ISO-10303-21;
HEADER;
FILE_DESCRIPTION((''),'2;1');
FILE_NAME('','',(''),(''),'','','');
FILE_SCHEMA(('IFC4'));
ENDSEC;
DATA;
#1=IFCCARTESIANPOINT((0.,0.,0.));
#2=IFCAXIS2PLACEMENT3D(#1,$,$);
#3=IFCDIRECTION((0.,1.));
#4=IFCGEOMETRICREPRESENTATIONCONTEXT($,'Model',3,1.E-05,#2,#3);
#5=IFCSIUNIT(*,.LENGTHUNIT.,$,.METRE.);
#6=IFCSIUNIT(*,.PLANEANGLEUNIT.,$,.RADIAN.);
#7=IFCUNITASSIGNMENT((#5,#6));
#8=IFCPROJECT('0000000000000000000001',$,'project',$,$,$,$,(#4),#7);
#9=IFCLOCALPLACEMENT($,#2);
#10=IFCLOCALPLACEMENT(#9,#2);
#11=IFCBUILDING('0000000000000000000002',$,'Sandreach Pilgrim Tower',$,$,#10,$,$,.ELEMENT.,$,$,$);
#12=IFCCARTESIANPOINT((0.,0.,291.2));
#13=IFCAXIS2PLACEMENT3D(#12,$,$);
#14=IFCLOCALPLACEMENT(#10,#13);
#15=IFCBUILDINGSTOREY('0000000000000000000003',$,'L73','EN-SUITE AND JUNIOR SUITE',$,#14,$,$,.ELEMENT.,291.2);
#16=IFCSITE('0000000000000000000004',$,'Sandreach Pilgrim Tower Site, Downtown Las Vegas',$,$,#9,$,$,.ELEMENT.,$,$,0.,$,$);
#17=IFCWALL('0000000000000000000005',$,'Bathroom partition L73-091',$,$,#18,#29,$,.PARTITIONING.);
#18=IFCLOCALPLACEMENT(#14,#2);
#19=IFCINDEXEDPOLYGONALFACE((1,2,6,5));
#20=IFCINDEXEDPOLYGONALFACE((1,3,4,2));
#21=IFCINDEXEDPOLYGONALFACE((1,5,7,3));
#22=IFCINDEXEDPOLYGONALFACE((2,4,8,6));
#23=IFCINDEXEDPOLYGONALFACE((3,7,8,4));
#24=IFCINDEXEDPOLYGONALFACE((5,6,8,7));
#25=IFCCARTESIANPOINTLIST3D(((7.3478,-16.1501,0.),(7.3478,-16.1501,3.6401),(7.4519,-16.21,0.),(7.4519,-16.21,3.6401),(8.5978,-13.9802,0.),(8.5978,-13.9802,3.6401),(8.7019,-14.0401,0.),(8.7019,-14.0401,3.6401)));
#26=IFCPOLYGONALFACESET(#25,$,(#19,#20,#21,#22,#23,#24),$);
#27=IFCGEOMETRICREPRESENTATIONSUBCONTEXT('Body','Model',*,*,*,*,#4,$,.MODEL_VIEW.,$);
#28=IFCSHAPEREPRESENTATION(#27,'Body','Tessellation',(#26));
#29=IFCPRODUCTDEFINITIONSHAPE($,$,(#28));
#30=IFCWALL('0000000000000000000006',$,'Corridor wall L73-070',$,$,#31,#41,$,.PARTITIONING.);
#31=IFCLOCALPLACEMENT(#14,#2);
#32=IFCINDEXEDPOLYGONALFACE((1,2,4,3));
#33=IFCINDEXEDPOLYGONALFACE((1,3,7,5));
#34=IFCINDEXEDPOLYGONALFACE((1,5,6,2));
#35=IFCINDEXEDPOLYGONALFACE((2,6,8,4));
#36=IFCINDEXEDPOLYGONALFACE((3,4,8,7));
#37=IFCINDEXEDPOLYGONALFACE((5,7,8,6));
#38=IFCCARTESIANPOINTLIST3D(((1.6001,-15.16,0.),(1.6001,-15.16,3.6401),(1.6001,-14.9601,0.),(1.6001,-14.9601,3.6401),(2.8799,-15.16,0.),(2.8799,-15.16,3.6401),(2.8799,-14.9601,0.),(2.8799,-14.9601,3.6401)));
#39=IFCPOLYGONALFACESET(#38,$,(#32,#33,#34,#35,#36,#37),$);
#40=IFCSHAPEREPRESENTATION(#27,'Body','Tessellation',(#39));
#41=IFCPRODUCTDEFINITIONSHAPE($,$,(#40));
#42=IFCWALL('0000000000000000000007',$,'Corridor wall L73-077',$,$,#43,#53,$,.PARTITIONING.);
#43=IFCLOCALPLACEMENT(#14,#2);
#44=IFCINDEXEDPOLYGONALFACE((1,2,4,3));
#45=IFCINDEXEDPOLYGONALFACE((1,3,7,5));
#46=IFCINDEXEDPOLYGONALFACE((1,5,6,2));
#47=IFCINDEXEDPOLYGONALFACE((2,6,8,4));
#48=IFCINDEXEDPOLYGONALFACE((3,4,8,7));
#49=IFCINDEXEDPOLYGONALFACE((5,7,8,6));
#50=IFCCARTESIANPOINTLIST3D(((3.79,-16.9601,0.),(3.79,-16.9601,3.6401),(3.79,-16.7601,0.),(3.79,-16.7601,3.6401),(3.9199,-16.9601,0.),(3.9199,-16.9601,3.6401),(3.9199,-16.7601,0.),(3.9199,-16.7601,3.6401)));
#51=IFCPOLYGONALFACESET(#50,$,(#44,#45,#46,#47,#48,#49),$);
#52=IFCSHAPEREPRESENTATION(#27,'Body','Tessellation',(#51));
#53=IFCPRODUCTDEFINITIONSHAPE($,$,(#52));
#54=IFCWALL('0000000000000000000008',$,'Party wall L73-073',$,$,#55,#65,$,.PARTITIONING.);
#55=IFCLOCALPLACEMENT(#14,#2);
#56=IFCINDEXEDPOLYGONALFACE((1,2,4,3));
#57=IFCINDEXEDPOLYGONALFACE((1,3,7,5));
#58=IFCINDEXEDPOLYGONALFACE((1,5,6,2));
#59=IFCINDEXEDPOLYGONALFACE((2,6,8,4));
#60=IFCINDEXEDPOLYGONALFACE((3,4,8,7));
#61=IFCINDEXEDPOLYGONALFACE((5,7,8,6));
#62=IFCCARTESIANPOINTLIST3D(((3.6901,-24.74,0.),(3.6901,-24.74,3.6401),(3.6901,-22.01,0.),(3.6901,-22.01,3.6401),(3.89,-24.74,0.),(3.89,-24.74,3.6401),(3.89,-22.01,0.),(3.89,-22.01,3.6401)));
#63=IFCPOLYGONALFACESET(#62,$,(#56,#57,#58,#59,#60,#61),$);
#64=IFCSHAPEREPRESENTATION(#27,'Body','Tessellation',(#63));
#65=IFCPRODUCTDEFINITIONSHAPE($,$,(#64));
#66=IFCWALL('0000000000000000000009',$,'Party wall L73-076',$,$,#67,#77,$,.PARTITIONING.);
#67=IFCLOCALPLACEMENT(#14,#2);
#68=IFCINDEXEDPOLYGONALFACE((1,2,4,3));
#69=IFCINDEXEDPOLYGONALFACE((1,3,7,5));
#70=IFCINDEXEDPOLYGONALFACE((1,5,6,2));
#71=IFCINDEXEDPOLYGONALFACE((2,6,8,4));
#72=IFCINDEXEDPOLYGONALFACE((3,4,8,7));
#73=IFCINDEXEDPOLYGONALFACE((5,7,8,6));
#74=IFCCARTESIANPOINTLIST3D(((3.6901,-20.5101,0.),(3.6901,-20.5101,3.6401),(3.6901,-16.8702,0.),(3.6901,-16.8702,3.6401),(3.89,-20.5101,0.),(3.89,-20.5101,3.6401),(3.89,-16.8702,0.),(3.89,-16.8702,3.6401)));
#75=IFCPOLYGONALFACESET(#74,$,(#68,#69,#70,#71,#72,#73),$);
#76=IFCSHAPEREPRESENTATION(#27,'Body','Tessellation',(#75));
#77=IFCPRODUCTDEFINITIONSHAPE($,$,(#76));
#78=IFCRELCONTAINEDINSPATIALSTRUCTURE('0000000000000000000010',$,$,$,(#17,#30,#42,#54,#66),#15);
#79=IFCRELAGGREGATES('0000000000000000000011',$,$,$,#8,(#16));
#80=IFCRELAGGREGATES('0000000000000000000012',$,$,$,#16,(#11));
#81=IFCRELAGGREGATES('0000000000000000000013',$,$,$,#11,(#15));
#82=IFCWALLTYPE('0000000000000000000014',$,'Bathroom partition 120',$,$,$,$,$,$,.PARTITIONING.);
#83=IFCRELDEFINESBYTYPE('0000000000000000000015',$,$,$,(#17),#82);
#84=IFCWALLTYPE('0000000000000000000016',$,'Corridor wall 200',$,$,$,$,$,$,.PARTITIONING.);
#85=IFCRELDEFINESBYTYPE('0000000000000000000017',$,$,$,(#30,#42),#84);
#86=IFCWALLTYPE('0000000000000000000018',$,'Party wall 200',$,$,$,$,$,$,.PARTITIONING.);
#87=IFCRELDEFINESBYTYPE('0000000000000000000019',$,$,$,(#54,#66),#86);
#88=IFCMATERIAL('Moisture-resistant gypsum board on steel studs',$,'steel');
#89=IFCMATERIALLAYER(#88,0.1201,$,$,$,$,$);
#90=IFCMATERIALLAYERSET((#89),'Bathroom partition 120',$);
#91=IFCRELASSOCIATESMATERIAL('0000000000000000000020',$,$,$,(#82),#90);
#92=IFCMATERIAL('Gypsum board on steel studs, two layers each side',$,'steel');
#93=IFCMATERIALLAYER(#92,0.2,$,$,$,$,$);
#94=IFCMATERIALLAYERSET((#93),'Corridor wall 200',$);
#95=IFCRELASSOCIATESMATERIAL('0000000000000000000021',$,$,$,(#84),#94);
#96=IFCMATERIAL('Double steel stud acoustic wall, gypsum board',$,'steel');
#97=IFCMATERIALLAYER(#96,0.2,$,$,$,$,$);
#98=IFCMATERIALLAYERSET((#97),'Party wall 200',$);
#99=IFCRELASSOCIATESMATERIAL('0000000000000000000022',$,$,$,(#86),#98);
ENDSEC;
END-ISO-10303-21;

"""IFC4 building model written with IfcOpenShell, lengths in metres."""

from ifc_helpers import new_model, si_unit, direction, frame, frame_2d, origin, place, context, subcontext, project, spatial, rectangle, extrude, material, layer, layer_set, type_object, element, save


model = new_model("IFC4")

# Units and contexts
model_context = context("Model", 3, precision=1e-05, world=origin(), true_north=direction((0.0, 1.0)))
body_context = subcontext(model_context, "Body", "Model", "MODEL_VIEW")
ifc_project = project(units=[si_unit("LENGTHUNIT", "METRE"), si_unit("PLANEANGLEUNIT", "RADIAN")], contexts=[model_context])

# Site, building, storey
site_placement = place(None, origin())
site = spatial("IfcSite", under=ifc_project, at=site_placement, Name="Sandreach Pilgrim Tower Site, Downtown Las Vegas", CompositionType="ELEMENT", RefElevation=0.0)
building_placement = place(site_placement, origin())
building = spatial("IfcBuilding", under=site, at=building_placement, Name="Sandreach Pilgrim Tower", CompositionType="ELEMENT")
storey_placement = place(building_placement, frame((0.0, 0.0, 291.2)))
storey = spatial("IfcBuildingStorey", under=building, at=storey_placement, Name="L73", Description="EN-SUITE AND JUNIOR SUITE", CompositionType="ELEMENT", Elevation=291.2)

# Shared definitions
ifc_material_1 = material(Name="Moisture-resistant gypsum board on steel studs", Category="steel")
ifc_layer_1 = layer(ifc_material_1, 0.1201)
ifc_layer_set_1 = layer_set([ifc_layer_1], Name="Bathroom partition 120")
wall_type_1 = type_object("IfcWallType", Name="Bathroom partition 120", PredefinedType="PARTITIONING", material=ifc_layer_set_1)

# Wall
wall_1_placement = place(storey_placement, frame((7.3999, -16.1799, 0.0), z_axis=(0.0, 0.0, 1.0), x_axis=(0.49916, 0.86651, 0.0)))
element("IfcWall", 1, at=wall_1_placement, inside=storey, type_object=wall_type_1, Name="Bathroom partition L73-091", PredefinedType="PARTITIONING", context=body_context, shape_type="SweptSolid", body=[
    extrude(rectangle(XDim=2.5042, YDim=0.1201, at=frame_2d((1.252, 0.0))), origin(), (0.0, 0.0, 1.0), 3.6401),
])

# Shared definitions
ifc_material_2 = material(Name="Gypsum board on steel studs, two layers each side", Category="steel")
ifc_layer_2 = layer(ifc_material_2, 0.2)
ifc_layer_set_2 = layer_set([ifc_layer_2], Name="Corridor wall 200")
wall_type_2 = type_object("IfcWallType", Name="Corridor wall 200", PredefinedType="PARTITIONING", material=ifc_layer_set_2)

# Walls
wall_2_placement = place(storey_placement, frame((2.8799, -15.0601, 0.0), z_axis=(0.0, 0.0, 1.0), x_axis=(-1.0, 0.0, 0.0)))
element("IfcWall", 2, at=wall_2_placement, inside=storey, type_object=wall_type_2, Name="Corridor wall L73-070", PredefinedType="PARTITIONING", context=body_context, shape_type="SweptSolid", body=[
    extrude(rectangle(XDim=1.2798, YDim=0.2, at=frame_2d((0.6399, 0.0))), origin(), (0.0, 0.0, 1.0), 3.6401),
])
wall_3_placement = place(storey_placement, frame((3.79, -16.8601, 0.0), z_axis=(0.0, 0.0, 1.0), x_axis=(1.0, 0.0, 0.0)))
element("IfcWall", 3, at=wall_3_placement, inside=storey, type_object=wall_type_2, Name="Corridor wall L73-077", PredefinedType="PARTITIONING", context=body_context, shape_type="SweptSolid", body=[
    extrude(rectangle(XDim=0.1299, YDim=0.2, at=frame_2d((0.0649, 0.0))), origin(), (0.0, 0.0, 1.0), 3.6401),
])

# Walls
ifc_material_3 = material(Name="Double steel stud acoustic wall, gypsum board", Category="steel")
ifc_layer_3 = layer(ifc_material_3, 0.2)
ifc_layer_set_3 = layer_set([ifc_layer_3], Name="Party wall 200")
wall_type_3 = type_object("IfcWallType", Name="Party wall 200", PredefinedType="PARTITIONING", material=ifc_layer_set_3)
wall_4_placement = place(storey_placement, frame((3.79, -24.74, 0.0), z_axis=(0.0, 0.0, 1.0), x_axis=(0.0, 1.0, 0.0)))
element("IfcWall", 4, at=wall_4_placement, inside=storey, type_object=wall_type_3, Name="Party wall L73-073", PredefinedType="PARTITIONING", context=body_context, shape_type="SweptSolid", body=[
    extrude(rectangle(XDim=2.73, YDim=0.2, at=frame_2d((1.365, 0.0))), origin(), (0.0, 0.0, 1.0), 3.6401),
])
wall_5_placement = place(storey_placement, frame((3.79, -20.51, 0.0), z_axis=(0.0, 0.0, 1.0), x_axis=(0.0, 1.0, 0.0)))
element("IfcWall", 5, at=wall_5_placement, inside=storey, type_object=wall_type_3, Name="Party wall L73-076", PredefinedType="PARTITIONING", context=body_context, shape_type="SweptSolid", body=[
    extrude(rectangle(XDim=3.6399, YDim=0.2, at=frame_2d((1.8198, 0.0))), origin(), (0.0, 0.0, 1.0), 3.6401),
])

save(model, "model.ifc")
